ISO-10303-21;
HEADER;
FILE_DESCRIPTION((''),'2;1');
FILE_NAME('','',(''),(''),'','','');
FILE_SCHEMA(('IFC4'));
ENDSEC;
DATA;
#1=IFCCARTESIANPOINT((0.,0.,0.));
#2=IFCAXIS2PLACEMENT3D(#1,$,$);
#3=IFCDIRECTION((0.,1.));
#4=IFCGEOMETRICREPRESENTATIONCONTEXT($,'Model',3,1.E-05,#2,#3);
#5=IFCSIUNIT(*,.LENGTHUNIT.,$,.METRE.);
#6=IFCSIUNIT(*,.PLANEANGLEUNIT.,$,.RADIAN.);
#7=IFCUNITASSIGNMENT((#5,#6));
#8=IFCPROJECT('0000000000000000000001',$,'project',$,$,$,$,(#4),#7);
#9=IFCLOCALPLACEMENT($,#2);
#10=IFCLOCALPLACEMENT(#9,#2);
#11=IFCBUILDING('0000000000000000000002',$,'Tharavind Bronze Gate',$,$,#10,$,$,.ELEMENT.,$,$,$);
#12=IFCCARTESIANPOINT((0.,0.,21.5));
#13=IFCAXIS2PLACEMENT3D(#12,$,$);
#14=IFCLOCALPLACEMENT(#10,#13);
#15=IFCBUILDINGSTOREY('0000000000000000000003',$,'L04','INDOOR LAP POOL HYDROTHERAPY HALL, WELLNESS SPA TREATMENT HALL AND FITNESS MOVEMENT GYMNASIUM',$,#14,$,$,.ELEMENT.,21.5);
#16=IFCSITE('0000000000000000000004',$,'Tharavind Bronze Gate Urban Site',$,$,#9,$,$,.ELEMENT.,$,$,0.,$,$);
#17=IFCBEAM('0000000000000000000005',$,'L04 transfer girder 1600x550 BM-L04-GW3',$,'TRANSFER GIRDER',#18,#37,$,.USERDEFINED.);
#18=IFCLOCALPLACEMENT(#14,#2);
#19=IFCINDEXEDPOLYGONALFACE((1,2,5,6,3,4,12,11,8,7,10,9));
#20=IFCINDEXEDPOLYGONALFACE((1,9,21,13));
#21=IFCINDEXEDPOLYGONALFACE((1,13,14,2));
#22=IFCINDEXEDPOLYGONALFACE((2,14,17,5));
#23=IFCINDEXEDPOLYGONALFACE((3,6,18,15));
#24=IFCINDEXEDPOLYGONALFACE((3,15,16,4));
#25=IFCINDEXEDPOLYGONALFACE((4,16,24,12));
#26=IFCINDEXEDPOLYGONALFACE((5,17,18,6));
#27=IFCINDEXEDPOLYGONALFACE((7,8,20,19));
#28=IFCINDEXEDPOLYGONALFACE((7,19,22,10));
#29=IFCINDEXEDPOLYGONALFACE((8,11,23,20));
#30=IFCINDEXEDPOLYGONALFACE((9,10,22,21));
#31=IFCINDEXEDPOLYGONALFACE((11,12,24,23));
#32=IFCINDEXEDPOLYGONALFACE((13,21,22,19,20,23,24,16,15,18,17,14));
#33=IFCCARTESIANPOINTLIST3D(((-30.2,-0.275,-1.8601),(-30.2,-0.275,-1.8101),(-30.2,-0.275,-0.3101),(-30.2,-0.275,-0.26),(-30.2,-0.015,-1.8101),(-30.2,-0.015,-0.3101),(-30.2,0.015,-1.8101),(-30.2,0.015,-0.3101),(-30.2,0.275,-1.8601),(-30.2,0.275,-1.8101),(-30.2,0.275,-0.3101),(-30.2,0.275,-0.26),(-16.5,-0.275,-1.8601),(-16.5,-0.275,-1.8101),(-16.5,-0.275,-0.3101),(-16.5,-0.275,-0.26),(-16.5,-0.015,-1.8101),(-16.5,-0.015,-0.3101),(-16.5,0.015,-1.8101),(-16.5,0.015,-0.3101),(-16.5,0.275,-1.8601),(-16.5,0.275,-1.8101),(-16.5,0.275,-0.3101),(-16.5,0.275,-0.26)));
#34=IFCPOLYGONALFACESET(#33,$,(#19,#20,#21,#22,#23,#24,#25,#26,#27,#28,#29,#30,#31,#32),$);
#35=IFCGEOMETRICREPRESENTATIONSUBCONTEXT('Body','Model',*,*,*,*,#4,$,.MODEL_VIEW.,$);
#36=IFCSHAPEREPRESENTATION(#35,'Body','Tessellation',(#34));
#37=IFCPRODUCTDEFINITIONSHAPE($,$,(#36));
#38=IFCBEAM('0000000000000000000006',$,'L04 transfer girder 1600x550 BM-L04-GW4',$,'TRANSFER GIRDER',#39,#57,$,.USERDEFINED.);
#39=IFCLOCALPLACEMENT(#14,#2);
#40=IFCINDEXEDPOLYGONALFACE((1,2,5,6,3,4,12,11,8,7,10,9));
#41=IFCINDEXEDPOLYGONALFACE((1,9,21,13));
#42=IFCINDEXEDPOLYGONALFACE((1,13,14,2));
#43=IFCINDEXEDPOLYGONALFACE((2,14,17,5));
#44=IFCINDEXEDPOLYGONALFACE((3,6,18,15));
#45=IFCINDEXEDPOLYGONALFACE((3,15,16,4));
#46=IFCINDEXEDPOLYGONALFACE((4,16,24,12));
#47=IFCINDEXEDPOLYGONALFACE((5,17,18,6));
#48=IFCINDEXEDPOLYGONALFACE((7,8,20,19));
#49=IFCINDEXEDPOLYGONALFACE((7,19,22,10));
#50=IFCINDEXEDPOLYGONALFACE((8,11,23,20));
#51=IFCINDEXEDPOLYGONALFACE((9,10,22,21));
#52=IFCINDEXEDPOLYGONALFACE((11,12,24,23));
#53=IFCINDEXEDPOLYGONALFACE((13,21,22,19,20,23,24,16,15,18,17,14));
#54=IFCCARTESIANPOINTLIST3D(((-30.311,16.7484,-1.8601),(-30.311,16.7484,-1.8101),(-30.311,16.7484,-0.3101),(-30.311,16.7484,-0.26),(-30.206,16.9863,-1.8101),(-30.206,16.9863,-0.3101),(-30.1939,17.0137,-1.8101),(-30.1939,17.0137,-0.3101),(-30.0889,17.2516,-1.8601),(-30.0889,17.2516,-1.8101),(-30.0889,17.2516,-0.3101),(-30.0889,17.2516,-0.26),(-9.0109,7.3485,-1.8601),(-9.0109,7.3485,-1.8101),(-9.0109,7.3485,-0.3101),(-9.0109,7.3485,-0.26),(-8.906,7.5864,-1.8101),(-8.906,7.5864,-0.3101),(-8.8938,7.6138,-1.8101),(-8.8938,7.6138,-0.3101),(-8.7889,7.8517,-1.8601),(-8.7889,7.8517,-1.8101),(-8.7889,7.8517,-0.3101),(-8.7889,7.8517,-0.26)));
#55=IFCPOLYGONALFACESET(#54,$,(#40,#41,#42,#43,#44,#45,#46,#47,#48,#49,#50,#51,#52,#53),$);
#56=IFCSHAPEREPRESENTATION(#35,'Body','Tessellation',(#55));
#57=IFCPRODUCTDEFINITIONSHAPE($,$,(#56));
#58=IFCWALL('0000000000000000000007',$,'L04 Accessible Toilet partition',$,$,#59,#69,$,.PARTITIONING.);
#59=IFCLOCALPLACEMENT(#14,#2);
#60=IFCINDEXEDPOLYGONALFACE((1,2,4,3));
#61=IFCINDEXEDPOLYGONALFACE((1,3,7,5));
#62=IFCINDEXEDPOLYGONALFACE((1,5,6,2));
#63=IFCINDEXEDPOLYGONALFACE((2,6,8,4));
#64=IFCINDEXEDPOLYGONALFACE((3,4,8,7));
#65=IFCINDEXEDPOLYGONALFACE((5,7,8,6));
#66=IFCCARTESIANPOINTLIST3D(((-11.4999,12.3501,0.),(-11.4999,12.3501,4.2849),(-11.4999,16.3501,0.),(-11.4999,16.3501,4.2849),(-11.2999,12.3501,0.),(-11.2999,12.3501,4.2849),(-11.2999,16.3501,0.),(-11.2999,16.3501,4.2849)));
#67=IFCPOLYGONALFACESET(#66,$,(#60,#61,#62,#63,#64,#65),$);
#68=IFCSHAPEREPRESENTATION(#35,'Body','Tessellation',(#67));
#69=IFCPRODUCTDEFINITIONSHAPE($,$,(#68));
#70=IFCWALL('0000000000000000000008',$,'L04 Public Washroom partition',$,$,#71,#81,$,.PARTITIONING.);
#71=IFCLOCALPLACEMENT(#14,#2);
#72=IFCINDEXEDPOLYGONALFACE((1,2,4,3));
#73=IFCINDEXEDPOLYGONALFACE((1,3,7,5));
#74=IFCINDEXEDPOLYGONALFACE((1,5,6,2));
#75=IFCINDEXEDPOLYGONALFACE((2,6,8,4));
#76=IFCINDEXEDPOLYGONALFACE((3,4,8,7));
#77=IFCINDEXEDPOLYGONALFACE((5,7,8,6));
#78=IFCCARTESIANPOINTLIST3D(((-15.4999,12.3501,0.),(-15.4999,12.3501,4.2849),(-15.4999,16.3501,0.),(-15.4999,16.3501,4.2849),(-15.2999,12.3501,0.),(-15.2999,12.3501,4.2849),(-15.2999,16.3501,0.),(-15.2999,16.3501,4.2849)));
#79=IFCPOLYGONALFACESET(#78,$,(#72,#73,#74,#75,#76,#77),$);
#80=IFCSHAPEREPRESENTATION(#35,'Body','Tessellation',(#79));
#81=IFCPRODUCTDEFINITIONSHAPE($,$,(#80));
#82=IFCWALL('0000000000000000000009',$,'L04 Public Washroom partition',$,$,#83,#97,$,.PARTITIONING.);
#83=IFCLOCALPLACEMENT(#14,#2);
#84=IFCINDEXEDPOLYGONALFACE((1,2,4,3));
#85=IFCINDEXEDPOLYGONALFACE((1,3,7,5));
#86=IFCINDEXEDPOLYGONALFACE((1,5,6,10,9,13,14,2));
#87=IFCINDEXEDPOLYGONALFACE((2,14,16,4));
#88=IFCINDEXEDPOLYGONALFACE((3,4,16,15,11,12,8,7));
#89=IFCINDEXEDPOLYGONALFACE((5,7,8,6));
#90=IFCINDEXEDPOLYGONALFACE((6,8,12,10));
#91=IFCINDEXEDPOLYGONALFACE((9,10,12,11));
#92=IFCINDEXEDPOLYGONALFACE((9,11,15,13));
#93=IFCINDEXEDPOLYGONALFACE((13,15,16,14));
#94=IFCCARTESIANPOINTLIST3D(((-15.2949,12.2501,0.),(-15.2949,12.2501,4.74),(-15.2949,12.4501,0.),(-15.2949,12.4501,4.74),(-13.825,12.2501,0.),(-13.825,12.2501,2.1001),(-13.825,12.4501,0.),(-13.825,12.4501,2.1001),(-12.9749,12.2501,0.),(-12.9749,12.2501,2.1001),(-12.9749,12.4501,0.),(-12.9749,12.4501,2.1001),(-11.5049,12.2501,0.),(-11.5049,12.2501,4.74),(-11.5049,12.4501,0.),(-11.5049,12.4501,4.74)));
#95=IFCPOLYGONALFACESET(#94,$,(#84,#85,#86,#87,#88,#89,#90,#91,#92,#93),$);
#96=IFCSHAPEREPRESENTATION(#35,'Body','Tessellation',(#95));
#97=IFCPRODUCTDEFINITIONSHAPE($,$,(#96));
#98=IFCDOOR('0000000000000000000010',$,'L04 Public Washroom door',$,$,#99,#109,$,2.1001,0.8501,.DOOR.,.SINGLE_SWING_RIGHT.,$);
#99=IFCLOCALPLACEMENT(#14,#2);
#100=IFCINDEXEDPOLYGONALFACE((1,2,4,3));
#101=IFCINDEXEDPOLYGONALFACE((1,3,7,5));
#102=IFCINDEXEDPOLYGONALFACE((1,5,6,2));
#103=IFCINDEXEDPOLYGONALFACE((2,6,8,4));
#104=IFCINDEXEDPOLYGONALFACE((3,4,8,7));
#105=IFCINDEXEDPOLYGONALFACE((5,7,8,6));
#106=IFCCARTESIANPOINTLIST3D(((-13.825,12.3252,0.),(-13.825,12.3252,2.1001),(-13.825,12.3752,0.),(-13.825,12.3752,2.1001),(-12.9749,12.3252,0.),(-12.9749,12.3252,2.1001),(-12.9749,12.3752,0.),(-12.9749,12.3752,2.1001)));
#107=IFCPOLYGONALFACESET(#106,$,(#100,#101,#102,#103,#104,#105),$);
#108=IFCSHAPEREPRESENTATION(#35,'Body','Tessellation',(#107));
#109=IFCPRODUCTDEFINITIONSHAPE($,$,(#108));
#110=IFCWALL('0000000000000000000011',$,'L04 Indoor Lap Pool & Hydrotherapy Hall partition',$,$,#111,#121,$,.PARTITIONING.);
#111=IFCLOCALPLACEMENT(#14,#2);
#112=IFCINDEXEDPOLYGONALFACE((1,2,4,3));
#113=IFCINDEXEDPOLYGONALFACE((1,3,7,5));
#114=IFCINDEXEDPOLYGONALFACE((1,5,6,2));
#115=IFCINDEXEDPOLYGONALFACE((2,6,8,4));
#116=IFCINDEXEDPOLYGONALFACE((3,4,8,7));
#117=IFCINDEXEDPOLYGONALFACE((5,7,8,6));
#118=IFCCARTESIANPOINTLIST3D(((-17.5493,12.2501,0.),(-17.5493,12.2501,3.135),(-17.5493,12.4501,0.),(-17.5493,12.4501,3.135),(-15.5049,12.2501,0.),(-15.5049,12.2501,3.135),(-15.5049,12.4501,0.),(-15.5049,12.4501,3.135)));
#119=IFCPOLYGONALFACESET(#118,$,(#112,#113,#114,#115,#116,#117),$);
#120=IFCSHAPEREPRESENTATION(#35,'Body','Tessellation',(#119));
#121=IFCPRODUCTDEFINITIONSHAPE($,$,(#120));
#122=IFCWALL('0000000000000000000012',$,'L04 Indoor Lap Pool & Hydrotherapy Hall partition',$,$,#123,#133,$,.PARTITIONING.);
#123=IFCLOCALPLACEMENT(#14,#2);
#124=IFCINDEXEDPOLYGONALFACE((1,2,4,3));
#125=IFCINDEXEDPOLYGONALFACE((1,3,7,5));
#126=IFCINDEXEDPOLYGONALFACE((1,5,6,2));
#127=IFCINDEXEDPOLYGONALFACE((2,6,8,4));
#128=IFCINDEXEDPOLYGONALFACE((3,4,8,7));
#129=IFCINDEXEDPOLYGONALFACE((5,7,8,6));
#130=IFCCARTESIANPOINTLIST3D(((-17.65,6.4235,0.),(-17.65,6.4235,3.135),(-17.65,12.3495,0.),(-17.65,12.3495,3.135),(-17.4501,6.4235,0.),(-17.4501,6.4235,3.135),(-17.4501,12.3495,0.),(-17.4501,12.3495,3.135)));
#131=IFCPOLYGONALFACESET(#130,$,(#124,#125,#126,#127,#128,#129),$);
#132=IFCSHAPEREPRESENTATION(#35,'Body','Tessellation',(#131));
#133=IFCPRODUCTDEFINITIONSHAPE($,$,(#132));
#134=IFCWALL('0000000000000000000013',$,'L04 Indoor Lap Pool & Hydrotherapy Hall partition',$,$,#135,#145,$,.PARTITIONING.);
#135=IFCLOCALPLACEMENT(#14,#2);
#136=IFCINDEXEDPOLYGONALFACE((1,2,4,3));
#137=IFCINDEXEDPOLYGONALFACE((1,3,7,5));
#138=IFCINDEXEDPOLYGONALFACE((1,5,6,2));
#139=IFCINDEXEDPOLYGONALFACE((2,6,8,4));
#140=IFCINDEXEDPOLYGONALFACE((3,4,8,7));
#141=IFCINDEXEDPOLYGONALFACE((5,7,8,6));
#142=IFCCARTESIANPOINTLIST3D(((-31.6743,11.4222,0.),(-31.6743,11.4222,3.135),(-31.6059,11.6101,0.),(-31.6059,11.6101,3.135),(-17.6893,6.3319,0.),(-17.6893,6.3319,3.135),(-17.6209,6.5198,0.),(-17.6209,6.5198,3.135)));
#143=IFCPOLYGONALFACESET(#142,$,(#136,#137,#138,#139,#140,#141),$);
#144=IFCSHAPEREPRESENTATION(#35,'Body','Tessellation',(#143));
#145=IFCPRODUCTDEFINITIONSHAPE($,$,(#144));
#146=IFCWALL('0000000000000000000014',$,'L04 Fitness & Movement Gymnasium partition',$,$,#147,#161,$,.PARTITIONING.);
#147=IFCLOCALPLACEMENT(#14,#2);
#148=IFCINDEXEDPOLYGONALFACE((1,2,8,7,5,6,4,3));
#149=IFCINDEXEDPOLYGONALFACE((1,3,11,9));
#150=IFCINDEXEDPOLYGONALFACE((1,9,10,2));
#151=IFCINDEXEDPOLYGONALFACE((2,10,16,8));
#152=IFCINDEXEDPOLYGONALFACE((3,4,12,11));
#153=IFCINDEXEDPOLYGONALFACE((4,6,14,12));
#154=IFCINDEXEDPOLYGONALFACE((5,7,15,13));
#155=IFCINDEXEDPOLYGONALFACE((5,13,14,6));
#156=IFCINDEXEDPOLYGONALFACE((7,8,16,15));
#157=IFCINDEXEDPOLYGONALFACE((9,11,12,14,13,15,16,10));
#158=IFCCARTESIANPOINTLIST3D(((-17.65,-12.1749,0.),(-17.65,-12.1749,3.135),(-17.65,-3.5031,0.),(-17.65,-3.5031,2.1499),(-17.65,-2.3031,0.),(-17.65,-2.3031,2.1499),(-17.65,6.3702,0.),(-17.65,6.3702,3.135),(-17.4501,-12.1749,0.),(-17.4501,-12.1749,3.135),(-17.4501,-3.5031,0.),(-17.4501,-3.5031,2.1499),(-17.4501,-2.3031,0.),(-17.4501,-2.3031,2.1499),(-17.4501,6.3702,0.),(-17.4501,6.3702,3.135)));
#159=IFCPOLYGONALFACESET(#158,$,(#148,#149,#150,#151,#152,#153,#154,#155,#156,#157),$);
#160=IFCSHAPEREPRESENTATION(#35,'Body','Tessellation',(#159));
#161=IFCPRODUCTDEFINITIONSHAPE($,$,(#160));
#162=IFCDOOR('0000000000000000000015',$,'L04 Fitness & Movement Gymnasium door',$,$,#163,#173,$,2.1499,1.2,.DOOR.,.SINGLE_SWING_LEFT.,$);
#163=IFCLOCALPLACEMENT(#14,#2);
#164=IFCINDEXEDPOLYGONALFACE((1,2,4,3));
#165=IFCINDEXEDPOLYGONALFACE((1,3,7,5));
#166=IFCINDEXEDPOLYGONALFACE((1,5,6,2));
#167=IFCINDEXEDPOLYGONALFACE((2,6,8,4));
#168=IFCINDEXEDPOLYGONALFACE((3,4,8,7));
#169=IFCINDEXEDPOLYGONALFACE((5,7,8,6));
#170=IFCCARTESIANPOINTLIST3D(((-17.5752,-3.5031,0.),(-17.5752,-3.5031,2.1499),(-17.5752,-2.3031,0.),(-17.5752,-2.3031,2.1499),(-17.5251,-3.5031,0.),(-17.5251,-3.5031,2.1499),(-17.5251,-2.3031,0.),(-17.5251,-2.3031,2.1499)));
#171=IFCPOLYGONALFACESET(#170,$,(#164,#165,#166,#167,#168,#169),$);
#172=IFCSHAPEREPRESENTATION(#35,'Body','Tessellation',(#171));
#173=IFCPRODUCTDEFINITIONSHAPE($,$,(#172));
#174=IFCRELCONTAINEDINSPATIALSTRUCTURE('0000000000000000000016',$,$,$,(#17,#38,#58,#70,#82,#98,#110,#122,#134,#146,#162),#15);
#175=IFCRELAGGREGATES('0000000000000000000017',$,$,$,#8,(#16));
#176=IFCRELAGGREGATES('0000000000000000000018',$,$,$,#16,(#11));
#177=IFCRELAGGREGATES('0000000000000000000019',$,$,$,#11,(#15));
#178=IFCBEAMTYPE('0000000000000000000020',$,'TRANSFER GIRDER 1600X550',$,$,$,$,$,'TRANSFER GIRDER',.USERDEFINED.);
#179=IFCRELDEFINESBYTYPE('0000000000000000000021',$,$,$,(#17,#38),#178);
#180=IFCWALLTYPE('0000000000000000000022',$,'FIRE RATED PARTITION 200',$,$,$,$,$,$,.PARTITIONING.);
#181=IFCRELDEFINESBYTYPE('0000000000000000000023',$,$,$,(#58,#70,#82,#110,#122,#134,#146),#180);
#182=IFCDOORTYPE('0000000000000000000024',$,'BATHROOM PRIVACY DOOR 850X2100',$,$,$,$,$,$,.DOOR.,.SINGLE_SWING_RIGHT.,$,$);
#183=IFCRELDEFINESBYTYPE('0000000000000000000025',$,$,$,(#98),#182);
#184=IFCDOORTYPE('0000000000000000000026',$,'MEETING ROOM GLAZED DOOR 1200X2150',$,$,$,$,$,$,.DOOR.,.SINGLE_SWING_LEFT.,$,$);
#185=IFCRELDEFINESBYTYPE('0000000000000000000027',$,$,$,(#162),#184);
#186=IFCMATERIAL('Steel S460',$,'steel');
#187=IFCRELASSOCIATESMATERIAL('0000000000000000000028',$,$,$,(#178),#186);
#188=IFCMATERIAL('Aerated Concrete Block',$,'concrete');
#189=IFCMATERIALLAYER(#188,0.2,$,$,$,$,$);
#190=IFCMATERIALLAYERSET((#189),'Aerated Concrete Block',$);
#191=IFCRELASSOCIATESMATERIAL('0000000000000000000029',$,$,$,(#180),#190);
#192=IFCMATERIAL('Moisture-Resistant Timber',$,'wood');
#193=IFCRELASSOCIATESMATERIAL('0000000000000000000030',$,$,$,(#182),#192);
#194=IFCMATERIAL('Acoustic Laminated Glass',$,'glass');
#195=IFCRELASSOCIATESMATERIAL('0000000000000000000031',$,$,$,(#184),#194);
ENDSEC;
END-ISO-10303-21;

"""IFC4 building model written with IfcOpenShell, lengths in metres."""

from ifc_helpers import new_model, si_unit, direction, frame, frame_2d, origin, origin_2d, place, context, subcontext, project, spatial, rectangle, i_section, extrude, material, layer, layer_set, material_profile, profile_set, type_object, element, fill, save


model = new_model("IFC4")

# Units and contexts
model_context = context("Model", 3, precision=1e-05, world=origin(), true_north=direction((0.0, 1.0)))
body_context = subcontext(model_context, "Body", "Model", "MODEL_VIEW")
ifc_project = project(units=[si_unit("LENGTHUNIT", "METRE"), si_unit("PLANEANGLEUNIT", "RADIAN")], contexts=[model_context])

# Site, building, storey
site_placement = place(None, origin())
site = spatial("IfcSite", under=ifc_project, at=site_placement, Name="Tharavind Bronze Gate Urban Site", CompositionType="ELEMENT", RefElevation=0.0)
building_placement = place(site_placement, origin())
building = spatial("IfcBuilding", under=site, at=building_placement, Name="Tharavind Bronze Gate", CompositionType="ELEMENT")
storey_placement = place(building_placement, frame((0.0, 0.0, 21.5)))
storey = spatial("IfcBuildingStorey", under=building, at=storey_placement, Name="L04", Description="INDOOR LAP POOL HYDROTHERAPY HALL, WELLNESS SPA TREATMENT HALL AND FITNESS MOVEMENT GYMNASIUM", CompositionType="ELEMENT", Elevation=21.5)

# Shared definitions
ifc_material_1 = material(Name="Steel S460", Category="steel")

# Beams
ifc_material_profile_1 = material_profile(ifc_material_1, i_section(OverallWidth=0.55, OverallDepth=1.6001, WebThickness=0.03, FlangeThickness=0.05, at=origin_2d()), Name="PG1600X550")
ifc_profile_set_1 = profile_set([ifc_material_profile_1], Name="Steel S460")
beam_type_1 = type_object("IfcBeamType", Name="TRANSFER GIRDER 1600X550", ElementType="TRANSFER GIRDER", PredefinedType="USERDEFINED", material=ifc_profile_set_1)
beam_1_placement = place(storey_placement, frame((-30.2, 0.0, -1.0601), z_axis=(1.0, 0.0, 0.0), x_axis=(0.0, 1.0, 0.0)))
element("IfcBeam", 1, at=beam_1_placement, inside=storey, type_object=beam_type_1, Name="L04 transfer girder 1600x550 BM-L04-GW3", ObjectType="TRANSFER GIRDER", PredefinedType="USERDEFINED", context=body_context, shape_type="SweptSolid", body=[
    extrude(i_section(OverallWidth=0.55, OverallDepth=1.6001, WebThickness=0.03, FlangeThickness=0.05, at=origin_2d()), origin(), (0.0, 0.0, 1.0), 13.7),
])
beam_2_placement = place(storey_placement, frame((-30.2, 17.0, -1.0601), z_axis=(0.914873, -0.403742, 0.0), x_axis=(0.403742, 0.914873, 0.0)))
element("IfcBeam", 2, at=beam_2_placement, inside=storey, type_object=beam_type_1, Name="L04 transfer girder 1600x550 BM-L04-GW4", ObjectType="TRANSFER GIRDER", PredefinedType="USERDEFINED", context=body_context, shape_type="SweptSolid", body=[
    extrude(i_section(OverallWidth=0.55, OverallDepth=1.6001, WebThickness=0.03, FlangeThickness=0.05, at=origin_2d()), origin(), (0.0, 0.0, 1.0), 23.282),
])

# Walls
ifc_material_2 = material(Name="Aerated Concrete Block", Category="concrete")
ifc_layer_1 = layer(ifc_material_2, 0.2)
ifc_layer_set_1 = layer_set([ifc_layer_1], Name="Aerated Concrete Block")
wall_type_1 = type_object("IfcWallType", Name="FIRE RATED PARTITION 200", PredefinedType="PARTITIONING", material=ifc_layer_set_1)
for number, where, z_axis, x_axis, name in (
    (3, (-11.3999, 12.3501, 0.0), (0.0, 0.0, 1.0), (0.0, 1.0, 0.0), "L04 Accessible Toilet partition"),
    (4, (-15.3999, 12.3501, 0.0), (0.0, 0.0, 1.0), (0.0, 1.0, 0.0), "L04 Public Washroom partition"),
):
    element("IfcWall", number, at=place(storey_placement, frame(where, z_axis=z_axis, x_axis=x_axis)), inside=storey, type_object=wall_type_1, Name=name, PredefinedType="PARTITIONING", context=body_context, shape_type="SweptSolid", body=[
        extrude(rectangle(XDim=4.0, YDim=0.2, at=frame_2d((2.0, 0.0))), origin(), (0.0, 0.0, 1.0), 4.2849),
    ])

# Wall, opening, door
wall_1_placement = place(storey_placement, frame((-11.5049, 12.3501, 0.0), z_axis=(0.0, 0.0, 1.0), x_axis=(-1.0, 0.0, 0.0)))
wall_1 = element("IfcWall", 5, at=wall_1_placement, inside=storey, type_object=wall_type_1, Name="L04 Public Washroom partition", PredefinedType="PARTITIONING", context=body_context, shape_type="SweptSolid", body=[
    extrude(rectangle(XDim=3.79, YDim=0.2, at=frame_2d((1.895, 0.0))), origin(), (0.0, 0.0, 1.0), 4.74),
])
opening_1_placement = place(wall_1_placement, frame((1.47, 0.0, 0.0)))
opening_1 = element("IfcOpeningElement", 6, at=opening_1_placement, cuts=wall_1, PredefinedType="OPENING", context=body_context, shape_type="SweptSolid", body=[
    extrude(rectangle(XDim=0.8501, YDim=2.1001, at=frame_2d((0.425, 1.05))), frame((0.0, 0.1101, 0.0), z_axis=(0.0, -1.0, 0.0), x_axis=(1.0, 0.0, 0.0)), (0.0, 0.0, 1.0), 0.22),
])
ifc_material_3 = material(Name="Moisture-Resistant Timber", Category="wood")
door_type_1 = type_object("IfcDoorType", Name="BATHROOM PRIVACY DOOR 850X2100", OperationType="SINGLE_SWING_RIGHT", PredefinedType="DOOR", material=ifc_material_3)
door_1_placement = place(opening_1_placement, origin())
door_1 = element("IfcDoor", 7, at=door_1_placement, inside=storey, type_object=door_type_1, Name="L04 Public Washroom door", OperationType="SINGLE_SWING_RIGHT", OverallHeight=2.1001, OverallWidth=0.8501, PredefinedType="DOOR", context=body_context, shape_type="SweptSolid", body=[
    extrude(rectangle(XDim=0.8501, YDim=2.1001, at=frame_2d((0.425, 1.05))), frame((0.0, 0.0249, 0.0), z_axis=(0.0, -1.0, 0.0), x_axis=(1.0, 0.0, 0.0)), (0.0, 0.0, 1.0), 0.05),
])
fill(opening_1, door_1)

# Walls
wall_2_placement = place(storey_placement, frame((-15.5049, 12.3501, 0.0), z_axis=(0.0, 0.0, 1.0), x_axis=(-1.0, 0.0, 0.0)))
element("IfcWall", 8, at=wall_2_placement, inside=storey, type_object=wall_type_1, Name="L04 Indoor Lap Pool & Hydrotherapy Hall partition", PredefinedType="PARTITIONING", context=body_context, shape_type="SweptSolid", body=[
    extrude(rectangle(XDim=2.0444, YDim=0.2, at=frame_2d((1.0222, 0.0))), origin(), (0.0, 0.0, 1.0), 3.135),
])
wall_3_placement = place(storey_placement, frame((-17.55, 12.3494, 0.0), z_axis=(0.0, 0.0, 1.0), x_axis=(0.0, -1.0, 0.0)))
element("IfcWall", 9, at=wall_3_placement, inside=storey, type_object=wall_type_1, Name="L04 Indoor Lap Pool & Hydrotherapy Hall partition", PredefinedType="PARTITIONING", context=body_context, shape_type="SweptSolid", body=[
    extrude(rectangle(XDim=5.926, YDim=0.2, at=frame_2d((2.9629, 0.0))), origin(), (0.0, 0.0, 1.0), 3.135),
])
wall_4_placement = place(storey_placement, frame((-17.655, 6.4258, 0.0), z_axis=(0.0, 0.0, 1.0), x_axis=(-0.939687, 0.342035, 0.0)))
element("IfcWall", 10, at=wall_4_placement, inside=storey, type_object=wall_type_1, Name="L04 Indoor Lap Pool & Hydrotherapy Hall partition", PredefinedType="PARTITIONING", context=body_context, shape_type="SweptSolid", body=[
    extrude(rectangle(XDim=14.8826, YDim=0.2, at=frame_2d((7.4414, 0.0))), origin(), (0.0, 0.0, 1.0), 3.135),
])

# Wall, opening, door
wall_5_placement = place(storey_placement, frame((-17.55, 6.3701, 0.0), z_axis=(0.0, 0.0, 1.0), x_axis=(0.0, -1.0, 0.0)))
wall_5 = element("IfcWall", 11, at=wall_5_placement, inside=storey, type_object=wall_type_1, Name="L04 Fitness & Movement Gymnasium partition", PredefinedType="PARTITIONING", context=body_context, shape_type="SweptSolid", body=[
    extrude(rectangle(XDim=18.5452, YDim=0.2, at=frame_2d((9.2725, 0.0))), origin(), (0.0, 0.0, 1.0), 3.135),
])
opening_2_placement = place(wall_5_placement, frame((8.6731, 0.0, 0.0)))
opening_2 = element("IfcOpeningElement", 12, at=opening_2_placement, cuts=wall_5, PredefinedType="OPENING", context=body_context, shape_type="SweptSolid", body=[
    extrude(rectangle(XDim=1.2, YDim=2.1499, at=frame_2d((0.6001, 1.075))), frame((0.0, 0.1101, 0.0), z_axis=(0.0, -1.0, 0.0), x_axis=(1.0, 0.0, 0.0)), (0.0, 0.0, 1.0), 0.22),
])
ifc_material_4 = material(Name="Acoustic Laminated Glass", Category="glass")
door_type_2 = type_object("IfcDoorType", Name="MEETING ROOM GLAZED DOOR 1200X2150", OperationType="SINGLE_SWING_LEFT", PredefinedType="DOOR", material=ifc_material_4)
door_2_placement = place(opening_2_placement, origin())
door_2 = element("IfcDoor", 13, at=door_2_placement, inside=storey, type_object=door_type_2, Name="L04 Fitness & Movement Gymnasium door", OperationType="SINGLE_SWING_LEFT", OverallHeight=2.1499, OverallWidth=1.2, PredefinedType="DOOR", context=body_context, shape_type="SweptSolid", body=[
    extrude(rectangle(XDim=1.2, YDim=2.1499, at=frame_2d((0.6001, 1.075))), frame((0.0, 0.0249, 0.0), z_axis=(0.0, -1.0, 0.0), x_axis=(1.0, 0.0, 0.0)), (0.0, 0.0, 1.0), 0.05),
])
fill(opening_2, door_2)

save(model, "model.ifc")
